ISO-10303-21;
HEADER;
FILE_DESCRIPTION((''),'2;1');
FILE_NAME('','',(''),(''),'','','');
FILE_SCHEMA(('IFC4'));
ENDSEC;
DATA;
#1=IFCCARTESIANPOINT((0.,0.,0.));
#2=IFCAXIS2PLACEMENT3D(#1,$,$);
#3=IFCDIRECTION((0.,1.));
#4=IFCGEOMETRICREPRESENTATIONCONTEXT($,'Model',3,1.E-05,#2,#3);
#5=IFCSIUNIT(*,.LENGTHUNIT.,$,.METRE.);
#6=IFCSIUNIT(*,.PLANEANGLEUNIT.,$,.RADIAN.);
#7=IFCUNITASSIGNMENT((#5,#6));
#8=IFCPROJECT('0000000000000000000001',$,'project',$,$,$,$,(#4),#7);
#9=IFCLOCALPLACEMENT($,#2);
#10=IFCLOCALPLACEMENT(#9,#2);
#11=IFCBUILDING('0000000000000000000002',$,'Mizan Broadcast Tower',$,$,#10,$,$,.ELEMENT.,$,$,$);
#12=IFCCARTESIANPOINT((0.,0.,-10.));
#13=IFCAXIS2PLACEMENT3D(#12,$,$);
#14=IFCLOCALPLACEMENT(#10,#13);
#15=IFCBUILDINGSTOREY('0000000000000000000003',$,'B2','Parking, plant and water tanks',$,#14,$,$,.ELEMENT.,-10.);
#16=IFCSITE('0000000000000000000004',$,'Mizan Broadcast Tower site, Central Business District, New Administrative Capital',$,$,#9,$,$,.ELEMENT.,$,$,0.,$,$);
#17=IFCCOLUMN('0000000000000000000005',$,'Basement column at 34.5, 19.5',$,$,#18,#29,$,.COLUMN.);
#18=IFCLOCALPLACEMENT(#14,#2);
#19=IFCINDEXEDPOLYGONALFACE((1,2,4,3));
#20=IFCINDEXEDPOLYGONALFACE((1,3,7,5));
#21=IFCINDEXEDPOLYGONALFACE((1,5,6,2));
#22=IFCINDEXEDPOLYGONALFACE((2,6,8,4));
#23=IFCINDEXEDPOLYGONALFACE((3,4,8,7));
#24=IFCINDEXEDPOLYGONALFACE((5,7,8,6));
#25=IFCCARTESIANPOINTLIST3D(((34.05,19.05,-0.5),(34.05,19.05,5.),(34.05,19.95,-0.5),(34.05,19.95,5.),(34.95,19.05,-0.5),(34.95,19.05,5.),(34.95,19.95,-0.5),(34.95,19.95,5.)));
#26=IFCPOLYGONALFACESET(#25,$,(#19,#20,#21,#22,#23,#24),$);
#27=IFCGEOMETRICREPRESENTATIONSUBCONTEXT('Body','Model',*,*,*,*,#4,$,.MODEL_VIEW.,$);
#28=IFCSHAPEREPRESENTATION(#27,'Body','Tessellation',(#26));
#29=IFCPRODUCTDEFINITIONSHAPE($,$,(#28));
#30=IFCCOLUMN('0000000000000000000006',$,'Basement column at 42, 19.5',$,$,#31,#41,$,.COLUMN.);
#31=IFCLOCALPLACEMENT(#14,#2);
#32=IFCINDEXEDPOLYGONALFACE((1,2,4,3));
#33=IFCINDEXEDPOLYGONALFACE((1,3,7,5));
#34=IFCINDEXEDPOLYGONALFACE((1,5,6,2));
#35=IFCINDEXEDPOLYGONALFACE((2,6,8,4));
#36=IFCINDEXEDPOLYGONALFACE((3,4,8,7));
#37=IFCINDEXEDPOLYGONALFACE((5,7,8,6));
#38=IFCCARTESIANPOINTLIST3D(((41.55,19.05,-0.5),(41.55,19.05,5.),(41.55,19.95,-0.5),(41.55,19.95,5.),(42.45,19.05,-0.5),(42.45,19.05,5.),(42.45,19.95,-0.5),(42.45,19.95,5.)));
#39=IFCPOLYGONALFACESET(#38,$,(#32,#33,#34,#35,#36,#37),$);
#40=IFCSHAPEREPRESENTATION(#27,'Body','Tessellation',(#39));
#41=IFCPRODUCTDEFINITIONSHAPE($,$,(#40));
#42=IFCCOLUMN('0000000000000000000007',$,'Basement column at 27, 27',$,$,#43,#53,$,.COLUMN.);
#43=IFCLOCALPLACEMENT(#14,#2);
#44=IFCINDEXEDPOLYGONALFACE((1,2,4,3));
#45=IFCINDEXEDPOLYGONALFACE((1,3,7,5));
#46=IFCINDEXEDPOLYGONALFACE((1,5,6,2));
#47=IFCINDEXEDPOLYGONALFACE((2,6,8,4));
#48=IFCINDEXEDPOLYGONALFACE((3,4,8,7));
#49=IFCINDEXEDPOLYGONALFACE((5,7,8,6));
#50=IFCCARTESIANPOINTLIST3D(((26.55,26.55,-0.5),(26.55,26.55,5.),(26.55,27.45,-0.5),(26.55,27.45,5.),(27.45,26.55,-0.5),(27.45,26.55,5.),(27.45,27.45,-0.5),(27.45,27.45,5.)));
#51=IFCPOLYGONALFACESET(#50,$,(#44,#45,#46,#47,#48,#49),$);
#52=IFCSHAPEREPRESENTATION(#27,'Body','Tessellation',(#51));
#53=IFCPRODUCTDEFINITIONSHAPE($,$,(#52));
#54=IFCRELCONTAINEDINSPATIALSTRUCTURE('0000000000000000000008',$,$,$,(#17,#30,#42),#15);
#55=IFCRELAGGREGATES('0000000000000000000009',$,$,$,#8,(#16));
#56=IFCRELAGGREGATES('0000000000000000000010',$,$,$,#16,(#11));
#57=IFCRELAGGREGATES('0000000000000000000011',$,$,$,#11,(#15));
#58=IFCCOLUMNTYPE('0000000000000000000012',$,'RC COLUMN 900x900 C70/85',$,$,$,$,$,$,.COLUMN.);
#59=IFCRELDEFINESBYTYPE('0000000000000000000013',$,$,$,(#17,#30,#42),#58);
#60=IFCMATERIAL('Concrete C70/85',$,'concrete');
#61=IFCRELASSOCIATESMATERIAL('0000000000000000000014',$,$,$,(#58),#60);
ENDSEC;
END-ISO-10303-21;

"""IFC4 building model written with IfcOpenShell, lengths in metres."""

from ifc_helpers import new_model, si_unit, direction, frame, origin, origin_2d, place, context, subcontext, project, spatial, rectangle, extrude, material, material_profile, profile_set, type_object, element, save


model = new_model("IFC4")

# Units and contexts
model_context = context("Model", 3, precision=1e-05, world=origin(), true_north=direction((0.0, 1.0)))
body_context = subcontext(model_context, "Body", "Model", "MODEL_VIEW")
ifc_project = project(units=[si_unit("LENGTHUNIT", "METRE"), si_unit("PLANEANGLEUNIT", "RADIAN")], contexts=[model_context])

# Site, building, storey
site_placement = place(None, origin())
site = spatial("IfcSite", under=ifc_project, at=site_placement, Name="Mizan Broadcast Tower site, Central Business District, New Administrative Capital", CompositionType="ELEMENT", RefElevation=0.0)
building_placement = place(site_placement, origin())
building = spatial("IfcBuilding", under=site, at=building_placement, Name="Mizan Broadcast Tower", CompositionType="ELEMENT")
storey_placement = place(building_placement, frame((0.0, 0.0, -10.0)))
storey = spatial("IfcBuildingStorey", under=building, at=storey_placement, Name="B2", Description="Parking, plant and water tanks", CompositionType="ELEMENT", Elevation=-10.0)

# Columns
ifc_material_1 = material(Name="Concrete C70/85", Category="concrete")
ifc_material_profile_1 = material_profile(ifc_material_1, rectangle(XDim=0.8999, YDim=0.8999, at=origin_2d()), Name="RC 900x900")
ifc_profile_set_1 = profile_set([ifc_material_profile_1], Name="Concrete C70/85")
column_type = type_object("IfcColumnType", Name="RC COLUMN 900x900 C70/85", PredefinedType="COLUMN", material=ifc_profile_set_1)
for number, where, z_axis, x_axis, name in (
    (1, (34.5, 19.5, -0.5), (0.0, 0.0, 1.0), (1.0, 0.0, 0.0), "Basement column at 34.5, 19.5"),
    (2, (42.0, 19.5, -0.5), (0.0, 0.0, 1.0), (1.0, 0.0, 0.0), "Basement column at 42, 19.5"),
    (3, (27.0, 27.0, -0.5), (0.0, 0.0, 1.0), (1.0, 0.0, 0.0), "Basement column at 27, 27"),
):
    element("IfcColumn", number, at=place(storey_placement, frame(where, z_axis=z_axis, x_axis=x_axis)), inside=storey, type_object=column_type, Name=name, PredefinedType="COLUMN", context=body_context, shape_type="SweptSolid", body=[
        extrude(rectangle(XDim=0.8999, YDim=0.8999, at=origin_2d()), origin(), (0.0, 0.0, 1.0), 5.5),
    ])

save(model, "model.ifc")
